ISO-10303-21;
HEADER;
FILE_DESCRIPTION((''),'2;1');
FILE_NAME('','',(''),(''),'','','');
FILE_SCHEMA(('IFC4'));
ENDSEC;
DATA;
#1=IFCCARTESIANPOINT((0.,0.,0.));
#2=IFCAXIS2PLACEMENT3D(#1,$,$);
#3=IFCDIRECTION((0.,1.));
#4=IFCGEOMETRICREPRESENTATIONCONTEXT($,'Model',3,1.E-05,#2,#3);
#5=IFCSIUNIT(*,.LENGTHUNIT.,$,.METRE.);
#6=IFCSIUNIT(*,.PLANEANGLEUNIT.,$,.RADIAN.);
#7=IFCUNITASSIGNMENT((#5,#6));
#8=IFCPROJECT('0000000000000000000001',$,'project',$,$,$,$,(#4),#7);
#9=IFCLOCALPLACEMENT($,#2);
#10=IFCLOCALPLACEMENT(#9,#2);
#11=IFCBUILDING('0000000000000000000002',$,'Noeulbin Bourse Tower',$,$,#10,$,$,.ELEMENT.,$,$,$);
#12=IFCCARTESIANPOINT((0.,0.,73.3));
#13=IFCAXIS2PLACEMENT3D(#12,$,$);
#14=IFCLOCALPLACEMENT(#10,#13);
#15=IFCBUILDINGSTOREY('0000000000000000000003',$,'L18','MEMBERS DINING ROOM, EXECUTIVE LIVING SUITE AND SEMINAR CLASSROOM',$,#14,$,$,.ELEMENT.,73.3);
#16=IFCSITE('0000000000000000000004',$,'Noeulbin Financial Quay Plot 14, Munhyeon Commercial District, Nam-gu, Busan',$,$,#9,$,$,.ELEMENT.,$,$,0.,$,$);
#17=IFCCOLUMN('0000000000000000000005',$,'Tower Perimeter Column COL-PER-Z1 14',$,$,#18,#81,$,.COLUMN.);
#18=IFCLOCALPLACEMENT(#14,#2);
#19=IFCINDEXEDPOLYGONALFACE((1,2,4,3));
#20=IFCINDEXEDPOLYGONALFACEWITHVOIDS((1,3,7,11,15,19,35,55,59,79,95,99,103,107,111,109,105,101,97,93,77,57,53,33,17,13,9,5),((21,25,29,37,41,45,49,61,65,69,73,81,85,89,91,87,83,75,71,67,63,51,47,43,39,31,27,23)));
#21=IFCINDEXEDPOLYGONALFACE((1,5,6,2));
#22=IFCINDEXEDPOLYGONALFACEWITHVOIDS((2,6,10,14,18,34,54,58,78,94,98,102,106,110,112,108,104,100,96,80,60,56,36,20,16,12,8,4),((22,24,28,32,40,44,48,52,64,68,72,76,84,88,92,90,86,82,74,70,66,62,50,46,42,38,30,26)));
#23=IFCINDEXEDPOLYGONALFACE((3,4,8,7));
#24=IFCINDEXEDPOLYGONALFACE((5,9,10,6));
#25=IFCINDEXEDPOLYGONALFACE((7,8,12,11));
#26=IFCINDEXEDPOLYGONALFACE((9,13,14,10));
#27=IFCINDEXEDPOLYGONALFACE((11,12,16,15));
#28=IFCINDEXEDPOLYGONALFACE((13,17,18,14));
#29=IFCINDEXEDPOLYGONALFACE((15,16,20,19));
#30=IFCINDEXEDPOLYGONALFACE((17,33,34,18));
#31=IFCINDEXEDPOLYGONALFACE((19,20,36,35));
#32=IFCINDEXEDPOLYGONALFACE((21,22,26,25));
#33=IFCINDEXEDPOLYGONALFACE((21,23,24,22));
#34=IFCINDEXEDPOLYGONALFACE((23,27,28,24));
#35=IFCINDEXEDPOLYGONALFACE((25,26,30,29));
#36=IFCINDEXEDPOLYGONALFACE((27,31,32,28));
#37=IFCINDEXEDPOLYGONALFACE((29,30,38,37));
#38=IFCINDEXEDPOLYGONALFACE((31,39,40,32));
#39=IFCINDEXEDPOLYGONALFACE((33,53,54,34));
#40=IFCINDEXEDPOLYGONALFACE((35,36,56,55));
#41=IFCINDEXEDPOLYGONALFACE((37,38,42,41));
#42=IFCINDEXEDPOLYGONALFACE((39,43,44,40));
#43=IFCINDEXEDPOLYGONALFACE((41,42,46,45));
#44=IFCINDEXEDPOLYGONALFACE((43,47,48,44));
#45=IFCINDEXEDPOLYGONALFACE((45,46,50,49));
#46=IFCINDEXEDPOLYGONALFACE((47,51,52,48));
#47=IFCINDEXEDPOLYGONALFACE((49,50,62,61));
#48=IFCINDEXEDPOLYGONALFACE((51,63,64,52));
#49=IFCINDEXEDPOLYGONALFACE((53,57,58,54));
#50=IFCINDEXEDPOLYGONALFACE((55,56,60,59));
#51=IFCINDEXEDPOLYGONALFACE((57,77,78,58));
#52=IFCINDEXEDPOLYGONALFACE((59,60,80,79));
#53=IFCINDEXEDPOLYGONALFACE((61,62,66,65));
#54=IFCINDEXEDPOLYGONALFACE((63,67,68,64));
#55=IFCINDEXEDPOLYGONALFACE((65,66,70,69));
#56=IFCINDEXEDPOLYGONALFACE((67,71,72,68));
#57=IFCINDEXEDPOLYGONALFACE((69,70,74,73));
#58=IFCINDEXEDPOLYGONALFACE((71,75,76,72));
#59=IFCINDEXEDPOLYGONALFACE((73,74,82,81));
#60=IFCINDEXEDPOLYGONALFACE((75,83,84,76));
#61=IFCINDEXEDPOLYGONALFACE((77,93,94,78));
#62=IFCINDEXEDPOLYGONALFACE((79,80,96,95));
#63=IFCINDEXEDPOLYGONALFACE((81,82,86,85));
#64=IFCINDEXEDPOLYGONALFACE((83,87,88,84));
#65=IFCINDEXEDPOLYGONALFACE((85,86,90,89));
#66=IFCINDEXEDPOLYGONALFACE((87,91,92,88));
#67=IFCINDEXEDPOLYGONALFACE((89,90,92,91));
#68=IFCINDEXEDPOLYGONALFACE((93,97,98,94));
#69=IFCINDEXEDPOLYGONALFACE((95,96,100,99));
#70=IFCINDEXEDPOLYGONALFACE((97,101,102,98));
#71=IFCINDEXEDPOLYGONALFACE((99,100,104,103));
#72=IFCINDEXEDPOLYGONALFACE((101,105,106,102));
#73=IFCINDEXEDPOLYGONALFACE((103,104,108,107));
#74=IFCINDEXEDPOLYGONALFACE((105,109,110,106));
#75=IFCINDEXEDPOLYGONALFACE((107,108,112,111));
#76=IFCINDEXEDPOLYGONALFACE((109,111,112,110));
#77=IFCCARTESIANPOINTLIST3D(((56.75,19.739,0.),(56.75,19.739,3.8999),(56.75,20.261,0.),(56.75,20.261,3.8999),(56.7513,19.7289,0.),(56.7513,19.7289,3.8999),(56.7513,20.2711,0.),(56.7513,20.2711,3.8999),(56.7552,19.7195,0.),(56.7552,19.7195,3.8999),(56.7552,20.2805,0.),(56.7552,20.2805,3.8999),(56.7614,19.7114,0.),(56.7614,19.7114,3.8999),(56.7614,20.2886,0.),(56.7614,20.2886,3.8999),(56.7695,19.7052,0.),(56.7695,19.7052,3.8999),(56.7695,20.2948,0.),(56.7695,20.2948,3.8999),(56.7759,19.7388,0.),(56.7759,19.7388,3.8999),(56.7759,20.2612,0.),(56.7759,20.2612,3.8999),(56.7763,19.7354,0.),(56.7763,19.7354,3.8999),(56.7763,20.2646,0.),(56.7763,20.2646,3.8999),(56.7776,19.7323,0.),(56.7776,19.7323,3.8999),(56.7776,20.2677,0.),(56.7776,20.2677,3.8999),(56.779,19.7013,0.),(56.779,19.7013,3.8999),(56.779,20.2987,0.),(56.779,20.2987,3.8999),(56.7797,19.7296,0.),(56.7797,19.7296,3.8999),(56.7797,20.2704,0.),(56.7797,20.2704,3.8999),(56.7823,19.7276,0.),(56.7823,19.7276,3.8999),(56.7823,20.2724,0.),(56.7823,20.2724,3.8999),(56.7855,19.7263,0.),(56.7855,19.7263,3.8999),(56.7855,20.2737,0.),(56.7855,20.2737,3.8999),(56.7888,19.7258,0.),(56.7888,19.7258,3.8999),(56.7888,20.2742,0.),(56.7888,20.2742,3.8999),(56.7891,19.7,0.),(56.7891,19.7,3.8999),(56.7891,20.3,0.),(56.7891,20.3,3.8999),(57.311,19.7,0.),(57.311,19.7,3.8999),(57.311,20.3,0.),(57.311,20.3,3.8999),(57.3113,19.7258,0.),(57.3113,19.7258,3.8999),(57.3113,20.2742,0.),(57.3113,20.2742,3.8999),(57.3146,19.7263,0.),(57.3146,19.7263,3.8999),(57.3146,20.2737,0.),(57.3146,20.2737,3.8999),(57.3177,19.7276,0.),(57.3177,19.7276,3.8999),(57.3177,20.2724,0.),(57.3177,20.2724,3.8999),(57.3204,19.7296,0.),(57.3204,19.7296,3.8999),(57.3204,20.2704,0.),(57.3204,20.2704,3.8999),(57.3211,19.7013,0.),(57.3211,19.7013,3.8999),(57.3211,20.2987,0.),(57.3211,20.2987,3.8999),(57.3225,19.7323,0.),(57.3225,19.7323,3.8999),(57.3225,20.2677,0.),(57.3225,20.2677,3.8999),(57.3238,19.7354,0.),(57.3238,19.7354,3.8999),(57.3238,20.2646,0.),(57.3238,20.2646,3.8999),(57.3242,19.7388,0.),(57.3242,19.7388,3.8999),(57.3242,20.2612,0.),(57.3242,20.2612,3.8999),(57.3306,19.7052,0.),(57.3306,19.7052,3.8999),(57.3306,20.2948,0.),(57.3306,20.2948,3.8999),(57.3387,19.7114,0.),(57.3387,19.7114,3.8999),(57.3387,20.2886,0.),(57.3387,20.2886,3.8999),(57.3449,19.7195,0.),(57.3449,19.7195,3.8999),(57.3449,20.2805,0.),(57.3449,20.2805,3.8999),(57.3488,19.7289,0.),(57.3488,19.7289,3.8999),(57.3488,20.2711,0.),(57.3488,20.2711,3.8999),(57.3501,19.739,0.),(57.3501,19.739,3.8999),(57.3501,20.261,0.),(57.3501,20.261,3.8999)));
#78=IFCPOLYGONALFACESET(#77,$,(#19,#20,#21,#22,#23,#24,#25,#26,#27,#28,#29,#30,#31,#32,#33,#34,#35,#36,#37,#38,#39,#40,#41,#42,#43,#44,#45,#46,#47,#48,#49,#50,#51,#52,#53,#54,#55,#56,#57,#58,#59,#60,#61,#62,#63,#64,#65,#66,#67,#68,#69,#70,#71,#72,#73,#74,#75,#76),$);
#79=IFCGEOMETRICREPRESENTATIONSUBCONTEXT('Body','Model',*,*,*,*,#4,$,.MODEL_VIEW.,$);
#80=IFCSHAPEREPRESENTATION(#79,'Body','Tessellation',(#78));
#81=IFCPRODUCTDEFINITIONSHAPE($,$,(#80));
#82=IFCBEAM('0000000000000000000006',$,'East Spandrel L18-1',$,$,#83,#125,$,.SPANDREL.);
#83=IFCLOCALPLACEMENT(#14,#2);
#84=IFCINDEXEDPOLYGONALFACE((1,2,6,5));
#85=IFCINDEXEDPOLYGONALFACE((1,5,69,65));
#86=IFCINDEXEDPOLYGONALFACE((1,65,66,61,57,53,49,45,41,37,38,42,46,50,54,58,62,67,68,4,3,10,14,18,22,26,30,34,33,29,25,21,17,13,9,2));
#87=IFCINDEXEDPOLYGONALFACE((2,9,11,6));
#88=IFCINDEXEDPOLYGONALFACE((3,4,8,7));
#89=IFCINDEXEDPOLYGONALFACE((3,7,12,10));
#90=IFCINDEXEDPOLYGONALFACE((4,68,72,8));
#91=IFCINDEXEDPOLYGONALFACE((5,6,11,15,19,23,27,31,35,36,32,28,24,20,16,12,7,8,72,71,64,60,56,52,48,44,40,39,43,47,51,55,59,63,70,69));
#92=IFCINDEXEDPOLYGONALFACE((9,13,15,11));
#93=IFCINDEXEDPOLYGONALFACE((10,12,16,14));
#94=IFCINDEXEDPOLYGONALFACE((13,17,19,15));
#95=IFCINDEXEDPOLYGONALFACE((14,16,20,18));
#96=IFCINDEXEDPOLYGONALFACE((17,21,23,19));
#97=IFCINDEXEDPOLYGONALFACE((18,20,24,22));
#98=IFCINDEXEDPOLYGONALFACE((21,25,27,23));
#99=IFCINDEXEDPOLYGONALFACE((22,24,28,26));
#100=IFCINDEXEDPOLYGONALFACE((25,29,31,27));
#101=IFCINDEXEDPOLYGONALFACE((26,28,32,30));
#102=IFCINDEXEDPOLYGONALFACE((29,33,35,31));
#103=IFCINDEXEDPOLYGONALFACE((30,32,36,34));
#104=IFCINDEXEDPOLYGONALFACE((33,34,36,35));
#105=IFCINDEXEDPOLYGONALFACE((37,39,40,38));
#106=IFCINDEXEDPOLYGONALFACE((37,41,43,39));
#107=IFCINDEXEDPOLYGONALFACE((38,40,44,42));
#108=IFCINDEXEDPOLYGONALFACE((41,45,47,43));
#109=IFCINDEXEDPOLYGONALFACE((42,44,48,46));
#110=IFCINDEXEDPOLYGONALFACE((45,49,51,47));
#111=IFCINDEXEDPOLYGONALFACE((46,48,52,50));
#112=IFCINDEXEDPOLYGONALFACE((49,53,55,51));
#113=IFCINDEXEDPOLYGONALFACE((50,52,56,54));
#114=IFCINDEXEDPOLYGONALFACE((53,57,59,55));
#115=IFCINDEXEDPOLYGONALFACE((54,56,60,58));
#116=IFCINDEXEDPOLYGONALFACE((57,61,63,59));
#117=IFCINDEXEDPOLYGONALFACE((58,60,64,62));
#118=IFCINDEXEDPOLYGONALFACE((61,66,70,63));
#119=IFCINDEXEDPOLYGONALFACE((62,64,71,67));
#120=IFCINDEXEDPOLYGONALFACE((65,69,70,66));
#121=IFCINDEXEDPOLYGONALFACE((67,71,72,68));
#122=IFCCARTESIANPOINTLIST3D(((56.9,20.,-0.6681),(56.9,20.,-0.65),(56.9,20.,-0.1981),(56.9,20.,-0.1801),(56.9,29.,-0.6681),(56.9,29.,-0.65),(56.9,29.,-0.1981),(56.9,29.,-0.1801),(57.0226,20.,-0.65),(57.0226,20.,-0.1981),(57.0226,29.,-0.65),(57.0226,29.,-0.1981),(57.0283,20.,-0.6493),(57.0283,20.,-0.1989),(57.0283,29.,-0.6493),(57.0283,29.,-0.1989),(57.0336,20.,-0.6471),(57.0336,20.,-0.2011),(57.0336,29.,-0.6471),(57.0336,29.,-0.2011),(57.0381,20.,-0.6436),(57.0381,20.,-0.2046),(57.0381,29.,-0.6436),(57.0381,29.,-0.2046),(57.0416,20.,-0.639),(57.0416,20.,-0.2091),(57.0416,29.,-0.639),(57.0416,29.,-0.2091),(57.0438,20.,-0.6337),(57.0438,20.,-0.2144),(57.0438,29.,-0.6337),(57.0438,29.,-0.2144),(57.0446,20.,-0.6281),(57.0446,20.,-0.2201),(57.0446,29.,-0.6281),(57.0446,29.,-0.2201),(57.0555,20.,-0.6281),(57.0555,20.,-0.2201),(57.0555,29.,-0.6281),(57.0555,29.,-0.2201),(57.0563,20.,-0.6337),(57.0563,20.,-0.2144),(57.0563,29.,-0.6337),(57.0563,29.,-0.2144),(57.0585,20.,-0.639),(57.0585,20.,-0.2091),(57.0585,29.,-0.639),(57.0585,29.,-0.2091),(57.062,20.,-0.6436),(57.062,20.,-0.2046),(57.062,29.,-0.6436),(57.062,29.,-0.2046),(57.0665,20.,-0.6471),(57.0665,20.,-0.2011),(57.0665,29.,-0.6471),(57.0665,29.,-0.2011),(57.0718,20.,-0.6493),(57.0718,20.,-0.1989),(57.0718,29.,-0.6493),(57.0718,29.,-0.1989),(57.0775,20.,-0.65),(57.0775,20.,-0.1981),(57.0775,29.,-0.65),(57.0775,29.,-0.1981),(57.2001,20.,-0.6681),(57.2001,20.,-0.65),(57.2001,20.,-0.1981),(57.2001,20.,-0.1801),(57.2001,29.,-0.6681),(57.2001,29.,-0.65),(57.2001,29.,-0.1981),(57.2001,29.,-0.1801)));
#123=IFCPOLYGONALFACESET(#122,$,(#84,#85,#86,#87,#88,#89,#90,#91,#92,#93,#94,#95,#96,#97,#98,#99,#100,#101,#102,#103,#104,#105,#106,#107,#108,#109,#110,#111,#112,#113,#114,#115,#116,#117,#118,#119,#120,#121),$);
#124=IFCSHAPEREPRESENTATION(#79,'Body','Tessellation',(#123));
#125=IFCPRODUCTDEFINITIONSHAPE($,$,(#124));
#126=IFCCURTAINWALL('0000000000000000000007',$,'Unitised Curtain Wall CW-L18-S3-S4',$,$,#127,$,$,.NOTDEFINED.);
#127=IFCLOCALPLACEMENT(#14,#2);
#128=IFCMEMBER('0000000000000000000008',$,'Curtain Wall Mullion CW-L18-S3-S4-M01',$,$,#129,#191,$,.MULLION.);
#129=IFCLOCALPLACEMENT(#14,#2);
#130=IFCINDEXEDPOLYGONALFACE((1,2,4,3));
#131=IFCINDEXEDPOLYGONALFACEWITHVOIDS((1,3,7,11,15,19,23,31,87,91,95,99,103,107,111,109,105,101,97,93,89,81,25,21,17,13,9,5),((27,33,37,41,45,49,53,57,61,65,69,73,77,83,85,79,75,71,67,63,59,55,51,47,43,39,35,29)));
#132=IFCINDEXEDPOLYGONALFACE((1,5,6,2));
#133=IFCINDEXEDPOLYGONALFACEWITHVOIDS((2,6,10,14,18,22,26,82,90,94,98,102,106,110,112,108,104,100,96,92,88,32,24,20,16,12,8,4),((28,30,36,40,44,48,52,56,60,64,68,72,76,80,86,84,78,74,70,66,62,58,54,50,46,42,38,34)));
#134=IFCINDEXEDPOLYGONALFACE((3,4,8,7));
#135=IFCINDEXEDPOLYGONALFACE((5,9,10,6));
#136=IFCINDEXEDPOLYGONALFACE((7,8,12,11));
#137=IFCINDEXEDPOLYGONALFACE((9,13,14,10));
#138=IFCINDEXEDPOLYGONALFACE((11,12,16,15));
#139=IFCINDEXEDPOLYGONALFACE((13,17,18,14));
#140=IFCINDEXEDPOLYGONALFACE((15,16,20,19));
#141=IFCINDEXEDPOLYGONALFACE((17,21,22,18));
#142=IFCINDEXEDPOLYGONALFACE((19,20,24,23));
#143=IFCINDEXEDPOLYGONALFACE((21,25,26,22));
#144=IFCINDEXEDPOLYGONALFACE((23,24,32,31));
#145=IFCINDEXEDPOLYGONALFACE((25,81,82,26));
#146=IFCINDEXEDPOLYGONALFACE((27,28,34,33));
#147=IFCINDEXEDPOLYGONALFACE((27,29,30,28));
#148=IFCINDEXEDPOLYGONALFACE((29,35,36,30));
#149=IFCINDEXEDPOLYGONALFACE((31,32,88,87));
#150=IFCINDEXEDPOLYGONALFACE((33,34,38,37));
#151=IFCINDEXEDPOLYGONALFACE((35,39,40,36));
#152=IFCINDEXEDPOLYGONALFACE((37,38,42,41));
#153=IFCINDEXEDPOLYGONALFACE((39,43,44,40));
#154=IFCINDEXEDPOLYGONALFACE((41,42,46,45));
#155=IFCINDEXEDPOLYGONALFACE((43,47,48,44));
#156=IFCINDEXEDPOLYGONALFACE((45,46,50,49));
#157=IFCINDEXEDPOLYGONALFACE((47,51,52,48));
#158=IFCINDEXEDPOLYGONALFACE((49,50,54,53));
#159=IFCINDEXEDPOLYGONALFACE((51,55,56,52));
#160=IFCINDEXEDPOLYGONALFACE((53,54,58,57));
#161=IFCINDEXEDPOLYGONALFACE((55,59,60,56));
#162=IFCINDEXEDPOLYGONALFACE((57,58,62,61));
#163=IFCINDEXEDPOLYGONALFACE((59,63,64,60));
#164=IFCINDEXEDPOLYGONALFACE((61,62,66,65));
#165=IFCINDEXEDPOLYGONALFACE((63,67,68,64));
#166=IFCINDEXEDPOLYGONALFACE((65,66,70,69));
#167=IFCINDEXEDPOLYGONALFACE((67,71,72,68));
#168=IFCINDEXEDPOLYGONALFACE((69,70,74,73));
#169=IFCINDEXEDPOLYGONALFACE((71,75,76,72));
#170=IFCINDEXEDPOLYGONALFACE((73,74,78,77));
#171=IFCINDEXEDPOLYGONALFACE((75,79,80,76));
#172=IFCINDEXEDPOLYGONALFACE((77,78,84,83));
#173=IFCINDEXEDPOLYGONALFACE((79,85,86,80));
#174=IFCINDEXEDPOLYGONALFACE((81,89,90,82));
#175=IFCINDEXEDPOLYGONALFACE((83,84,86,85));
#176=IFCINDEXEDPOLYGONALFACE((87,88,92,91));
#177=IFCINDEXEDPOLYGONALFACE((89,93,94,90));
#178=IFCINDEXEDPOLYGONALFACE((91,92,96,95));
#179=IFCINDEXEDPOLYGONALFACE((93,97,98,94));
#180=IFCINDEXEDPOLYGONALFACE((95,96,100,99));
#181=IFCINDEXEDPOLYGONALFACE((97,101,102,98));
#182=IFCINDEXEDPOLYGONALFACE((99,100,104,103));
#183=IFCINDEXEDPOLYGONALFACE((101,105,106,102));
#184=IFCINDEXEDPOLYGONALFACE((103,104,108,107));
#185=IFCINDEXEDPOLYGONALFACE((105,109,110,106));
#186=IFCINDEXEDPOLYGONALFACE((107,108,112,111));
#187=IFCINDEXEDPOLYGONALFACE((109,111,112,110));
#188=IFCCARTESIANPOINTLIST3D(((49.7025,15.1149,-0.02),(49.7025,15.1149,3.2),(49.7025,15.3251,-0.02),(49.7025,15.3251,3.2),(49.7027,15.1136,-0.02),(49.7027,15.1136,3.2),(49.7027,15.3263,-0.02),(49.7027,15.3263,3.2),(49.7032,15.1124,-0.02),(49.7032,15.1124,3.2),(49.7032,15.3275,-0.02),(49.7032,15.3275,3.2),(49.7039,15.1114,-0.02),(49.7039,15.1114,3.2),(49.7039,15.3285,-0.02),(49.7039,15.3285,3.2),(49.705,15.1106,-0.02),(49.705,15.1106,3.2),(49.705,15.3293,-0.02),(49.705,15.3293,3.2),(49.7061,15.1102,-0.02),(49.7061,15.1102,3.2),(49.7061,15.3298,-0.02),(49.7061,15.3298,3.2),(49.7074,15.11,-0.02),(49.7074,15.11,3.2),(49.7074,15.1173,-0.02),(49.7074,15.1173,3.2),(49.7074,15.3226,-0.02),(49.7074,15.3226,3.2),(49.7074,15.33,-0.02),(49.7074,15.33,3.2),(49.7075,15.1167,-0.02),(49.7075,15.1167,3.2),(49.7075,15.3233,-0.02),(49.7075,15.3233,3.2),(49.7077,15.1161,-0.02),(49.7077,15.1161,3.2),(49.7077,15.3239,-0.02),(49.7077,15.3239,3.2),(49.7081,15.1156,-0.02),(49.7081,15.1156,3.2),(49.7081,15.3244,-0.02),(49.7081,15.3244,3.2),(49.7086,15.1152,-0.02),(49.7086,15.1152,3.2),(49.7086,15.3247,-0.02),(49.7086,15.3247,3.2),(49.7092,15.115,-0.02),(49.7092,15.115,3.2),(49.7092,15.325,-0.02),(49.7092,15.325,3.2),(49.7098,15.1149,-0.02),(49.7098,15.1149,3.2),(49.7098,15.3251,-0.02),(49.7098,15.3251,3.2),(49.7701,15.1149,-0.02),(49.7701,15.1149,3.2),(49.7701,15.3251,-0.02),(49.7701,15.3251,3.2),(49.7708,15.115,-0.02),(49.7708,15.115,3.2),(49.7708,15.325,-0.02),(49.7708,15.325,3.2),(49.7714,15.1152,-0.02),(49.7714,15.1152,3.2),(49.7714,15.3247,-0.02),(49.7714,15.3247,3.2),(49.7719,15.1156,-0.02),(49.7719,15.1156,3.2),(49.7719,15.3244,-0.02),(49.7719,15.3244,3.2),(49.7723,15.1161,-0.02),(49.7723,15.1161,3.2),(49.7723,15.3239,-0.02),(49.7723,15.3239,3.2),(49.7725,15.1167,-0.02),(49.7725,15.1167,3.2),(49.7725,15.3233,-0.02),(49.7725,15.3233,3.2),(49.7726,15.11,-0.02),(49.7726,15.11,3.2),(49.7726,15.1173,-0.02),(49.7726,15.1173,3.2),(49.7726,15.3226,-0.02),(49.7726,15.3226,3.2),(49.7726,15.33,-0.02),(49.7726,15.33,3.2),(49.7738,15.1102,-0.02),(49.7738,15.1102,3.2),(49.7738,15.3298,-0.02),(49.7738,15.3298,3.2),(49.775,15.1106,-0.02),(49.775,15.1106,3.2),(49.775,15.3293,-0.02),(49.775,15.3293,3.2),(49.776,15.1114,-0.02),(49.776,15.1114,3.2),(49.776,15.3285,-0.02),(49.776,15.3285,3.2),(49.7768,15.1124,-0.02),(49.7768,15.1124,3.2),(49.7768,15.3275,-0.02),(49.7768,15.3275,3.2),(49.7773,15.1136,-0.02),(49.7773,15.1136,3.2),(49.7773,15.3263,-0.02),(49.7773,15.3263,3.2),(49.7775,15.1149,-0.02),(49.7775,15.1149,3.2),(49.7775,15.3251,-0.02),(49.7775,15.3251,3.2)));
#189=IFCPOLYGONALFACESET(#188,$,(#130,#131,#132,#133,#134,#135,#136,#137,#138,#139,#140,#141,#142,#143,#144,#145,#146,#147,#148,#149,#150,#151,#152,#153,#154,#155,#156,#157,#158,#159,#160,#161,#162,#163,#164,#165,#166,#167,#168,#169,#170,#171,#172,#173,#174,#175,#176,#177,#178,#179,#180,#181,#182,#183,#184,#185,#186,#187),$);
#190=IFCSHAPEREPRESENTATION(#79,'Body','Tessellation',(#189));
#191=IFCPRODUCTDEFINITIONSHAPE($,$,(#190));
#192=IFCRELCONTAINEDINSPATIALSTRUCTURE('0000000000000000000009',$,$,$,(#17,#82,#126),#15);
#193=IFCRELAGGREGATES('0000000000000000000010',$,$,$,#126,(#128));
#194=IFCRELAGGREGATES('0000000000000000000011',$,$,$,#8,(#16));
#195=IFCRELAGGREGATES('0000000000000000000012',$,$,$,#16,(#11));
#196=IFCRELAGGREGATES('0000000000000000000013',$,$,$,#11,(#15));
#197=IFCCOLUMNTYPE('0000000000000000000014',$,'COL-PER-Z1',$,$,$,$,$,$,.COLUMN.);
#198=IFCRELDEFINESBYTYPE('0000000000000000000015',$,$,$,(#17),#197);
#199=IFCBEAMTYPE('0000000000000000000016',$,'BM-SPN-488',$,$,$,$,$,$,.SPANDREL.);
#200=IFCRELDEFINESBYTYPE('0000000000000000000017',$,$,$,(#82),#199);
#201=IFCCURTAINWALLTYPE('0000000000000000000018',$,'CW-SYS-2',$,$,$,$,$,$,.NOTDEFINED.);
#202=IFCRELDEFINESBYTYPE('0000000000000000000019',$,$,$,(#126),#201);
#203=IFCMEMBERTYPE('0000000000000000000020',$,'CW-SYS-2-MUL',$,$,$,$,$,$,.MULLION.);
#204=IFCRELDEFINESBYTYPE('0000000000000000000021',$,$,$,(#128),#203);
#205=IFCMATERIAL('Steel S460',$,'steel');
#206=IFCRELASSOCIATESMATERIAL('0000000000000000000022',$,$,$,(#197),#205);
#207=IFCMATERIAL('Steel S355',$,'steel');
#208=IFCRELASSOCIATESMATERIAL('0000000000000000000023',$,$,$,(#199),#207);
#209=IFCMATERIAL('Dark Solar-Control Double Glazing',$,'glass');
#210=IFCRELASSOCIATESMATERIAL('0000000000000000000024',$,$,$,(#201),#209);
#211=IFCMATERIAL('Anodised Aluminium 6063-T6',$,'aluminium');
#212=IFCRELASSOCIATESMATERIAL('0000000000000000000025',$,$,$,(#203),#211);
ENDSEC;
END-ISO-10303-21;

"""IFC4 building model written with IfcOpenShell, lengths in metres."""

from ifc_helpers import new_model, si_unit, direction, frame, origin, origin_2d, place, context, subcontext, project, spatial, hollow_rectangle, i_section, extrude, material, material_profile, profile_set, type_object, element, aggregate, save


model = new_model("IFC4")

# Units and contexts
model_context = context("Model", 3, precision=1e-05, world=origin(), true_north=direction((0.0, 1.0)))
body_context = subcontext(model_context, "Body", "Model", "MODEL_VIEW")
ifc_project = project(units=[si_unit("LENGTHUNIT", "METRE"), si_unit("PLANEANGLEUNIT", "RADIAN")], contexts=[model_context])

# Site, building, storey
site_placement = place(None, origin())
site = spatial("IfcSite", under=ifc_project, at=site_placement, Name="Noeulbin Financial Quay Plot 14, Munhyeon Commercial District, Nam-gu, Busan", CompositionType="ELEMENT", RefElevation=0.0)
building_placement = place(site_placement, origin())
building = spatial("IfcBuilding", under=site, at=building_placement, Name="Noeulbin Bourse Tower", CompositionType="ELEMENT")
storey_placement = place(building_placement, frame((0.0, 0.0, 73.3)))
storey = spatial("IfcBuildingStorey", under=building, at=storey_placement, Name="L18", Description="MEMBERS DINING ROOM, EXECUTIVE LIVING SUITE AND SEMINAR CLASSROOM", CompositionType="ELEMENT", Elevation=73.3)

# Column
ifc_material_1 = material(Name="Steel S460", Category="steel")
ifc_material_profile_1 = material_profile(ifc_material_1, hollow_rectangle(XDim=0.6001, YDim=0.6001, WallThickness=0.0259, InnerFilletRadius=0.0129, OuterFilletRadius=0.0391, at=origin_2d()), Name="BOX-600x600x26", Category="LoadBearing")
ifc_profile_set_1 = profile_set([ifc_material_profile_1], Name="Steel S460")
column_type = type_object("IfcColumnType", Name="COL-PER-Z1", PredefinedType="COLUMN", material=ifc_profile_set_1)
column_placement = place(storey_placement, frame((57.05, 20.0, 0.0), z_axis=(0.0, 0.0, 1.0), x_axis=(1.0, 0.0, 0.0)))
element("IfcColumn", 1, at=column_placement, inside=storey, type_object=column_type, Name="Tower Perimeter Column COL-PER-Z1 14", PredefinedType="COLUMN", context=body_context, shape_type="SweptSolid", body=[
    extrude(hollow_rectangle(XDim=0.6001, YDim=0.6001, WallThickness=0.0259, InnerFilletRadius=0.0129, OuterFilletRadius=0.0391, at=origin_2d()), origin(), (0.0, 0.0, 1.0), 3.8999),
])

# Beam
ifc_material_2 = material(Name="Steel S355", Category="steel")
ifc_material_profile_2 = material_profile(ifc_material_2, i_section(OverallWidth=0.3, OverallDepth=0.488, WebThickness=0.011, FlangeThickness=0.0181, FilletRadius=0.022, at=origin_2d()), Name="H-488x300x11x18", Category="LoadBearing")
ifc_profile_set_2 = profile_set([ifc_material_profile_2], Name="Steel S355")
beam_type = type_object("IfcBeamType", Name="BM-SPN-488", PredefinedType="SPANDREL", material=ifc_profile_set_2)
beam_placement = place(storey_placement, frame((57.05, 20.0, -0.4241), z_axis=(0.0, 1.0, 0.0), x_axis=(-1.0, 0.0, 0.0)))
element("IfcBeam", 2, at=beam_placement, inside=storey, type_object=beam_type, Name="East Spandrel L18-1", PredefinedType="SPANDREL", context=body_context, shape_type="SweptSolid", body=[
    extrude(i_section(OverallWidth=0.3, OverallDepth=0.488, WebThickness=0.011, FlangeThickness=0.0181, FilletRadius=0.022, at=origin_2d()), origin(), (0.0, 0.0, 1.0), 9.0),
])

# Curtain wall, member
ifc_material_3 = material(Name="Dark Solar-Control Double Glazing", Category="glass")
curtain_wall_type = type_object("IfcCurtainWallType", Name="CW-SYS-2", PredefinedType="NOTDEFINED", material=ifc_material_3)
curtain_wall_1_placement = place(storey_placement, origin())
curtain_wall_1 = element("IfcCurtainWall", 3, at=curtain_wall_1_placement, inside=storey, type_object=curtain_wall_type, Name="Unitised Curtain Wall CW-L18-S3-S4", PredefinedType="NOTDEFINED")
ifc_material_4 = material(Name="Anodised Aluminium 6063-T6", Category="aluminium")
ifc_material_profile_3 = material_profile(ifc_material_4, hollow_rectangle(XDim=0.075, YDim=0.22, WallThickness=0.0049, InnerFilletRadius=0.0024, OuterFilletRadius=0.0049, at=origin_2d()), Name="ALU-MULL-75x220x5", Category="LoadBearing")
ifc_profile_set_3 = profile_set([ifc_material_profile_3], Name="Anodised Aluminium 6063-T6")
member_type_1 = type_object("IfcMemberType", Name="CW-SYS-2-MUL", PredefinedType="MULLION", material=ifc_profile_set_3)
member_1_placement = place(storey_placement, frame((49.74, 15.22, -0.02), z_axis=(0.0, 0.0, 1.0), x_axis=(1.0, 0.0, 0.0)))
member_1 = element("IfcMember", 4, at=member_1_placement, type_object=member_type_1, Name="Curtain Wall Mullion CW-L18-S3-S4-M01", PredefinedType="MULLION", context=body_context, shape_type="SweptSolid", body=[
    extrude(hollow_rectangle(XDim=0.075, YDim=0.22, WallThickness=0.0049, InnerFilletRadius=0.0024, OuterFilletRadius=0.0049, at=origin_2d()), origin(), (0.0, 0.0, 1.0), 3.22),
])

aggregate(curtain_wall_1, [member_1])

save(model, "model.ifc")
